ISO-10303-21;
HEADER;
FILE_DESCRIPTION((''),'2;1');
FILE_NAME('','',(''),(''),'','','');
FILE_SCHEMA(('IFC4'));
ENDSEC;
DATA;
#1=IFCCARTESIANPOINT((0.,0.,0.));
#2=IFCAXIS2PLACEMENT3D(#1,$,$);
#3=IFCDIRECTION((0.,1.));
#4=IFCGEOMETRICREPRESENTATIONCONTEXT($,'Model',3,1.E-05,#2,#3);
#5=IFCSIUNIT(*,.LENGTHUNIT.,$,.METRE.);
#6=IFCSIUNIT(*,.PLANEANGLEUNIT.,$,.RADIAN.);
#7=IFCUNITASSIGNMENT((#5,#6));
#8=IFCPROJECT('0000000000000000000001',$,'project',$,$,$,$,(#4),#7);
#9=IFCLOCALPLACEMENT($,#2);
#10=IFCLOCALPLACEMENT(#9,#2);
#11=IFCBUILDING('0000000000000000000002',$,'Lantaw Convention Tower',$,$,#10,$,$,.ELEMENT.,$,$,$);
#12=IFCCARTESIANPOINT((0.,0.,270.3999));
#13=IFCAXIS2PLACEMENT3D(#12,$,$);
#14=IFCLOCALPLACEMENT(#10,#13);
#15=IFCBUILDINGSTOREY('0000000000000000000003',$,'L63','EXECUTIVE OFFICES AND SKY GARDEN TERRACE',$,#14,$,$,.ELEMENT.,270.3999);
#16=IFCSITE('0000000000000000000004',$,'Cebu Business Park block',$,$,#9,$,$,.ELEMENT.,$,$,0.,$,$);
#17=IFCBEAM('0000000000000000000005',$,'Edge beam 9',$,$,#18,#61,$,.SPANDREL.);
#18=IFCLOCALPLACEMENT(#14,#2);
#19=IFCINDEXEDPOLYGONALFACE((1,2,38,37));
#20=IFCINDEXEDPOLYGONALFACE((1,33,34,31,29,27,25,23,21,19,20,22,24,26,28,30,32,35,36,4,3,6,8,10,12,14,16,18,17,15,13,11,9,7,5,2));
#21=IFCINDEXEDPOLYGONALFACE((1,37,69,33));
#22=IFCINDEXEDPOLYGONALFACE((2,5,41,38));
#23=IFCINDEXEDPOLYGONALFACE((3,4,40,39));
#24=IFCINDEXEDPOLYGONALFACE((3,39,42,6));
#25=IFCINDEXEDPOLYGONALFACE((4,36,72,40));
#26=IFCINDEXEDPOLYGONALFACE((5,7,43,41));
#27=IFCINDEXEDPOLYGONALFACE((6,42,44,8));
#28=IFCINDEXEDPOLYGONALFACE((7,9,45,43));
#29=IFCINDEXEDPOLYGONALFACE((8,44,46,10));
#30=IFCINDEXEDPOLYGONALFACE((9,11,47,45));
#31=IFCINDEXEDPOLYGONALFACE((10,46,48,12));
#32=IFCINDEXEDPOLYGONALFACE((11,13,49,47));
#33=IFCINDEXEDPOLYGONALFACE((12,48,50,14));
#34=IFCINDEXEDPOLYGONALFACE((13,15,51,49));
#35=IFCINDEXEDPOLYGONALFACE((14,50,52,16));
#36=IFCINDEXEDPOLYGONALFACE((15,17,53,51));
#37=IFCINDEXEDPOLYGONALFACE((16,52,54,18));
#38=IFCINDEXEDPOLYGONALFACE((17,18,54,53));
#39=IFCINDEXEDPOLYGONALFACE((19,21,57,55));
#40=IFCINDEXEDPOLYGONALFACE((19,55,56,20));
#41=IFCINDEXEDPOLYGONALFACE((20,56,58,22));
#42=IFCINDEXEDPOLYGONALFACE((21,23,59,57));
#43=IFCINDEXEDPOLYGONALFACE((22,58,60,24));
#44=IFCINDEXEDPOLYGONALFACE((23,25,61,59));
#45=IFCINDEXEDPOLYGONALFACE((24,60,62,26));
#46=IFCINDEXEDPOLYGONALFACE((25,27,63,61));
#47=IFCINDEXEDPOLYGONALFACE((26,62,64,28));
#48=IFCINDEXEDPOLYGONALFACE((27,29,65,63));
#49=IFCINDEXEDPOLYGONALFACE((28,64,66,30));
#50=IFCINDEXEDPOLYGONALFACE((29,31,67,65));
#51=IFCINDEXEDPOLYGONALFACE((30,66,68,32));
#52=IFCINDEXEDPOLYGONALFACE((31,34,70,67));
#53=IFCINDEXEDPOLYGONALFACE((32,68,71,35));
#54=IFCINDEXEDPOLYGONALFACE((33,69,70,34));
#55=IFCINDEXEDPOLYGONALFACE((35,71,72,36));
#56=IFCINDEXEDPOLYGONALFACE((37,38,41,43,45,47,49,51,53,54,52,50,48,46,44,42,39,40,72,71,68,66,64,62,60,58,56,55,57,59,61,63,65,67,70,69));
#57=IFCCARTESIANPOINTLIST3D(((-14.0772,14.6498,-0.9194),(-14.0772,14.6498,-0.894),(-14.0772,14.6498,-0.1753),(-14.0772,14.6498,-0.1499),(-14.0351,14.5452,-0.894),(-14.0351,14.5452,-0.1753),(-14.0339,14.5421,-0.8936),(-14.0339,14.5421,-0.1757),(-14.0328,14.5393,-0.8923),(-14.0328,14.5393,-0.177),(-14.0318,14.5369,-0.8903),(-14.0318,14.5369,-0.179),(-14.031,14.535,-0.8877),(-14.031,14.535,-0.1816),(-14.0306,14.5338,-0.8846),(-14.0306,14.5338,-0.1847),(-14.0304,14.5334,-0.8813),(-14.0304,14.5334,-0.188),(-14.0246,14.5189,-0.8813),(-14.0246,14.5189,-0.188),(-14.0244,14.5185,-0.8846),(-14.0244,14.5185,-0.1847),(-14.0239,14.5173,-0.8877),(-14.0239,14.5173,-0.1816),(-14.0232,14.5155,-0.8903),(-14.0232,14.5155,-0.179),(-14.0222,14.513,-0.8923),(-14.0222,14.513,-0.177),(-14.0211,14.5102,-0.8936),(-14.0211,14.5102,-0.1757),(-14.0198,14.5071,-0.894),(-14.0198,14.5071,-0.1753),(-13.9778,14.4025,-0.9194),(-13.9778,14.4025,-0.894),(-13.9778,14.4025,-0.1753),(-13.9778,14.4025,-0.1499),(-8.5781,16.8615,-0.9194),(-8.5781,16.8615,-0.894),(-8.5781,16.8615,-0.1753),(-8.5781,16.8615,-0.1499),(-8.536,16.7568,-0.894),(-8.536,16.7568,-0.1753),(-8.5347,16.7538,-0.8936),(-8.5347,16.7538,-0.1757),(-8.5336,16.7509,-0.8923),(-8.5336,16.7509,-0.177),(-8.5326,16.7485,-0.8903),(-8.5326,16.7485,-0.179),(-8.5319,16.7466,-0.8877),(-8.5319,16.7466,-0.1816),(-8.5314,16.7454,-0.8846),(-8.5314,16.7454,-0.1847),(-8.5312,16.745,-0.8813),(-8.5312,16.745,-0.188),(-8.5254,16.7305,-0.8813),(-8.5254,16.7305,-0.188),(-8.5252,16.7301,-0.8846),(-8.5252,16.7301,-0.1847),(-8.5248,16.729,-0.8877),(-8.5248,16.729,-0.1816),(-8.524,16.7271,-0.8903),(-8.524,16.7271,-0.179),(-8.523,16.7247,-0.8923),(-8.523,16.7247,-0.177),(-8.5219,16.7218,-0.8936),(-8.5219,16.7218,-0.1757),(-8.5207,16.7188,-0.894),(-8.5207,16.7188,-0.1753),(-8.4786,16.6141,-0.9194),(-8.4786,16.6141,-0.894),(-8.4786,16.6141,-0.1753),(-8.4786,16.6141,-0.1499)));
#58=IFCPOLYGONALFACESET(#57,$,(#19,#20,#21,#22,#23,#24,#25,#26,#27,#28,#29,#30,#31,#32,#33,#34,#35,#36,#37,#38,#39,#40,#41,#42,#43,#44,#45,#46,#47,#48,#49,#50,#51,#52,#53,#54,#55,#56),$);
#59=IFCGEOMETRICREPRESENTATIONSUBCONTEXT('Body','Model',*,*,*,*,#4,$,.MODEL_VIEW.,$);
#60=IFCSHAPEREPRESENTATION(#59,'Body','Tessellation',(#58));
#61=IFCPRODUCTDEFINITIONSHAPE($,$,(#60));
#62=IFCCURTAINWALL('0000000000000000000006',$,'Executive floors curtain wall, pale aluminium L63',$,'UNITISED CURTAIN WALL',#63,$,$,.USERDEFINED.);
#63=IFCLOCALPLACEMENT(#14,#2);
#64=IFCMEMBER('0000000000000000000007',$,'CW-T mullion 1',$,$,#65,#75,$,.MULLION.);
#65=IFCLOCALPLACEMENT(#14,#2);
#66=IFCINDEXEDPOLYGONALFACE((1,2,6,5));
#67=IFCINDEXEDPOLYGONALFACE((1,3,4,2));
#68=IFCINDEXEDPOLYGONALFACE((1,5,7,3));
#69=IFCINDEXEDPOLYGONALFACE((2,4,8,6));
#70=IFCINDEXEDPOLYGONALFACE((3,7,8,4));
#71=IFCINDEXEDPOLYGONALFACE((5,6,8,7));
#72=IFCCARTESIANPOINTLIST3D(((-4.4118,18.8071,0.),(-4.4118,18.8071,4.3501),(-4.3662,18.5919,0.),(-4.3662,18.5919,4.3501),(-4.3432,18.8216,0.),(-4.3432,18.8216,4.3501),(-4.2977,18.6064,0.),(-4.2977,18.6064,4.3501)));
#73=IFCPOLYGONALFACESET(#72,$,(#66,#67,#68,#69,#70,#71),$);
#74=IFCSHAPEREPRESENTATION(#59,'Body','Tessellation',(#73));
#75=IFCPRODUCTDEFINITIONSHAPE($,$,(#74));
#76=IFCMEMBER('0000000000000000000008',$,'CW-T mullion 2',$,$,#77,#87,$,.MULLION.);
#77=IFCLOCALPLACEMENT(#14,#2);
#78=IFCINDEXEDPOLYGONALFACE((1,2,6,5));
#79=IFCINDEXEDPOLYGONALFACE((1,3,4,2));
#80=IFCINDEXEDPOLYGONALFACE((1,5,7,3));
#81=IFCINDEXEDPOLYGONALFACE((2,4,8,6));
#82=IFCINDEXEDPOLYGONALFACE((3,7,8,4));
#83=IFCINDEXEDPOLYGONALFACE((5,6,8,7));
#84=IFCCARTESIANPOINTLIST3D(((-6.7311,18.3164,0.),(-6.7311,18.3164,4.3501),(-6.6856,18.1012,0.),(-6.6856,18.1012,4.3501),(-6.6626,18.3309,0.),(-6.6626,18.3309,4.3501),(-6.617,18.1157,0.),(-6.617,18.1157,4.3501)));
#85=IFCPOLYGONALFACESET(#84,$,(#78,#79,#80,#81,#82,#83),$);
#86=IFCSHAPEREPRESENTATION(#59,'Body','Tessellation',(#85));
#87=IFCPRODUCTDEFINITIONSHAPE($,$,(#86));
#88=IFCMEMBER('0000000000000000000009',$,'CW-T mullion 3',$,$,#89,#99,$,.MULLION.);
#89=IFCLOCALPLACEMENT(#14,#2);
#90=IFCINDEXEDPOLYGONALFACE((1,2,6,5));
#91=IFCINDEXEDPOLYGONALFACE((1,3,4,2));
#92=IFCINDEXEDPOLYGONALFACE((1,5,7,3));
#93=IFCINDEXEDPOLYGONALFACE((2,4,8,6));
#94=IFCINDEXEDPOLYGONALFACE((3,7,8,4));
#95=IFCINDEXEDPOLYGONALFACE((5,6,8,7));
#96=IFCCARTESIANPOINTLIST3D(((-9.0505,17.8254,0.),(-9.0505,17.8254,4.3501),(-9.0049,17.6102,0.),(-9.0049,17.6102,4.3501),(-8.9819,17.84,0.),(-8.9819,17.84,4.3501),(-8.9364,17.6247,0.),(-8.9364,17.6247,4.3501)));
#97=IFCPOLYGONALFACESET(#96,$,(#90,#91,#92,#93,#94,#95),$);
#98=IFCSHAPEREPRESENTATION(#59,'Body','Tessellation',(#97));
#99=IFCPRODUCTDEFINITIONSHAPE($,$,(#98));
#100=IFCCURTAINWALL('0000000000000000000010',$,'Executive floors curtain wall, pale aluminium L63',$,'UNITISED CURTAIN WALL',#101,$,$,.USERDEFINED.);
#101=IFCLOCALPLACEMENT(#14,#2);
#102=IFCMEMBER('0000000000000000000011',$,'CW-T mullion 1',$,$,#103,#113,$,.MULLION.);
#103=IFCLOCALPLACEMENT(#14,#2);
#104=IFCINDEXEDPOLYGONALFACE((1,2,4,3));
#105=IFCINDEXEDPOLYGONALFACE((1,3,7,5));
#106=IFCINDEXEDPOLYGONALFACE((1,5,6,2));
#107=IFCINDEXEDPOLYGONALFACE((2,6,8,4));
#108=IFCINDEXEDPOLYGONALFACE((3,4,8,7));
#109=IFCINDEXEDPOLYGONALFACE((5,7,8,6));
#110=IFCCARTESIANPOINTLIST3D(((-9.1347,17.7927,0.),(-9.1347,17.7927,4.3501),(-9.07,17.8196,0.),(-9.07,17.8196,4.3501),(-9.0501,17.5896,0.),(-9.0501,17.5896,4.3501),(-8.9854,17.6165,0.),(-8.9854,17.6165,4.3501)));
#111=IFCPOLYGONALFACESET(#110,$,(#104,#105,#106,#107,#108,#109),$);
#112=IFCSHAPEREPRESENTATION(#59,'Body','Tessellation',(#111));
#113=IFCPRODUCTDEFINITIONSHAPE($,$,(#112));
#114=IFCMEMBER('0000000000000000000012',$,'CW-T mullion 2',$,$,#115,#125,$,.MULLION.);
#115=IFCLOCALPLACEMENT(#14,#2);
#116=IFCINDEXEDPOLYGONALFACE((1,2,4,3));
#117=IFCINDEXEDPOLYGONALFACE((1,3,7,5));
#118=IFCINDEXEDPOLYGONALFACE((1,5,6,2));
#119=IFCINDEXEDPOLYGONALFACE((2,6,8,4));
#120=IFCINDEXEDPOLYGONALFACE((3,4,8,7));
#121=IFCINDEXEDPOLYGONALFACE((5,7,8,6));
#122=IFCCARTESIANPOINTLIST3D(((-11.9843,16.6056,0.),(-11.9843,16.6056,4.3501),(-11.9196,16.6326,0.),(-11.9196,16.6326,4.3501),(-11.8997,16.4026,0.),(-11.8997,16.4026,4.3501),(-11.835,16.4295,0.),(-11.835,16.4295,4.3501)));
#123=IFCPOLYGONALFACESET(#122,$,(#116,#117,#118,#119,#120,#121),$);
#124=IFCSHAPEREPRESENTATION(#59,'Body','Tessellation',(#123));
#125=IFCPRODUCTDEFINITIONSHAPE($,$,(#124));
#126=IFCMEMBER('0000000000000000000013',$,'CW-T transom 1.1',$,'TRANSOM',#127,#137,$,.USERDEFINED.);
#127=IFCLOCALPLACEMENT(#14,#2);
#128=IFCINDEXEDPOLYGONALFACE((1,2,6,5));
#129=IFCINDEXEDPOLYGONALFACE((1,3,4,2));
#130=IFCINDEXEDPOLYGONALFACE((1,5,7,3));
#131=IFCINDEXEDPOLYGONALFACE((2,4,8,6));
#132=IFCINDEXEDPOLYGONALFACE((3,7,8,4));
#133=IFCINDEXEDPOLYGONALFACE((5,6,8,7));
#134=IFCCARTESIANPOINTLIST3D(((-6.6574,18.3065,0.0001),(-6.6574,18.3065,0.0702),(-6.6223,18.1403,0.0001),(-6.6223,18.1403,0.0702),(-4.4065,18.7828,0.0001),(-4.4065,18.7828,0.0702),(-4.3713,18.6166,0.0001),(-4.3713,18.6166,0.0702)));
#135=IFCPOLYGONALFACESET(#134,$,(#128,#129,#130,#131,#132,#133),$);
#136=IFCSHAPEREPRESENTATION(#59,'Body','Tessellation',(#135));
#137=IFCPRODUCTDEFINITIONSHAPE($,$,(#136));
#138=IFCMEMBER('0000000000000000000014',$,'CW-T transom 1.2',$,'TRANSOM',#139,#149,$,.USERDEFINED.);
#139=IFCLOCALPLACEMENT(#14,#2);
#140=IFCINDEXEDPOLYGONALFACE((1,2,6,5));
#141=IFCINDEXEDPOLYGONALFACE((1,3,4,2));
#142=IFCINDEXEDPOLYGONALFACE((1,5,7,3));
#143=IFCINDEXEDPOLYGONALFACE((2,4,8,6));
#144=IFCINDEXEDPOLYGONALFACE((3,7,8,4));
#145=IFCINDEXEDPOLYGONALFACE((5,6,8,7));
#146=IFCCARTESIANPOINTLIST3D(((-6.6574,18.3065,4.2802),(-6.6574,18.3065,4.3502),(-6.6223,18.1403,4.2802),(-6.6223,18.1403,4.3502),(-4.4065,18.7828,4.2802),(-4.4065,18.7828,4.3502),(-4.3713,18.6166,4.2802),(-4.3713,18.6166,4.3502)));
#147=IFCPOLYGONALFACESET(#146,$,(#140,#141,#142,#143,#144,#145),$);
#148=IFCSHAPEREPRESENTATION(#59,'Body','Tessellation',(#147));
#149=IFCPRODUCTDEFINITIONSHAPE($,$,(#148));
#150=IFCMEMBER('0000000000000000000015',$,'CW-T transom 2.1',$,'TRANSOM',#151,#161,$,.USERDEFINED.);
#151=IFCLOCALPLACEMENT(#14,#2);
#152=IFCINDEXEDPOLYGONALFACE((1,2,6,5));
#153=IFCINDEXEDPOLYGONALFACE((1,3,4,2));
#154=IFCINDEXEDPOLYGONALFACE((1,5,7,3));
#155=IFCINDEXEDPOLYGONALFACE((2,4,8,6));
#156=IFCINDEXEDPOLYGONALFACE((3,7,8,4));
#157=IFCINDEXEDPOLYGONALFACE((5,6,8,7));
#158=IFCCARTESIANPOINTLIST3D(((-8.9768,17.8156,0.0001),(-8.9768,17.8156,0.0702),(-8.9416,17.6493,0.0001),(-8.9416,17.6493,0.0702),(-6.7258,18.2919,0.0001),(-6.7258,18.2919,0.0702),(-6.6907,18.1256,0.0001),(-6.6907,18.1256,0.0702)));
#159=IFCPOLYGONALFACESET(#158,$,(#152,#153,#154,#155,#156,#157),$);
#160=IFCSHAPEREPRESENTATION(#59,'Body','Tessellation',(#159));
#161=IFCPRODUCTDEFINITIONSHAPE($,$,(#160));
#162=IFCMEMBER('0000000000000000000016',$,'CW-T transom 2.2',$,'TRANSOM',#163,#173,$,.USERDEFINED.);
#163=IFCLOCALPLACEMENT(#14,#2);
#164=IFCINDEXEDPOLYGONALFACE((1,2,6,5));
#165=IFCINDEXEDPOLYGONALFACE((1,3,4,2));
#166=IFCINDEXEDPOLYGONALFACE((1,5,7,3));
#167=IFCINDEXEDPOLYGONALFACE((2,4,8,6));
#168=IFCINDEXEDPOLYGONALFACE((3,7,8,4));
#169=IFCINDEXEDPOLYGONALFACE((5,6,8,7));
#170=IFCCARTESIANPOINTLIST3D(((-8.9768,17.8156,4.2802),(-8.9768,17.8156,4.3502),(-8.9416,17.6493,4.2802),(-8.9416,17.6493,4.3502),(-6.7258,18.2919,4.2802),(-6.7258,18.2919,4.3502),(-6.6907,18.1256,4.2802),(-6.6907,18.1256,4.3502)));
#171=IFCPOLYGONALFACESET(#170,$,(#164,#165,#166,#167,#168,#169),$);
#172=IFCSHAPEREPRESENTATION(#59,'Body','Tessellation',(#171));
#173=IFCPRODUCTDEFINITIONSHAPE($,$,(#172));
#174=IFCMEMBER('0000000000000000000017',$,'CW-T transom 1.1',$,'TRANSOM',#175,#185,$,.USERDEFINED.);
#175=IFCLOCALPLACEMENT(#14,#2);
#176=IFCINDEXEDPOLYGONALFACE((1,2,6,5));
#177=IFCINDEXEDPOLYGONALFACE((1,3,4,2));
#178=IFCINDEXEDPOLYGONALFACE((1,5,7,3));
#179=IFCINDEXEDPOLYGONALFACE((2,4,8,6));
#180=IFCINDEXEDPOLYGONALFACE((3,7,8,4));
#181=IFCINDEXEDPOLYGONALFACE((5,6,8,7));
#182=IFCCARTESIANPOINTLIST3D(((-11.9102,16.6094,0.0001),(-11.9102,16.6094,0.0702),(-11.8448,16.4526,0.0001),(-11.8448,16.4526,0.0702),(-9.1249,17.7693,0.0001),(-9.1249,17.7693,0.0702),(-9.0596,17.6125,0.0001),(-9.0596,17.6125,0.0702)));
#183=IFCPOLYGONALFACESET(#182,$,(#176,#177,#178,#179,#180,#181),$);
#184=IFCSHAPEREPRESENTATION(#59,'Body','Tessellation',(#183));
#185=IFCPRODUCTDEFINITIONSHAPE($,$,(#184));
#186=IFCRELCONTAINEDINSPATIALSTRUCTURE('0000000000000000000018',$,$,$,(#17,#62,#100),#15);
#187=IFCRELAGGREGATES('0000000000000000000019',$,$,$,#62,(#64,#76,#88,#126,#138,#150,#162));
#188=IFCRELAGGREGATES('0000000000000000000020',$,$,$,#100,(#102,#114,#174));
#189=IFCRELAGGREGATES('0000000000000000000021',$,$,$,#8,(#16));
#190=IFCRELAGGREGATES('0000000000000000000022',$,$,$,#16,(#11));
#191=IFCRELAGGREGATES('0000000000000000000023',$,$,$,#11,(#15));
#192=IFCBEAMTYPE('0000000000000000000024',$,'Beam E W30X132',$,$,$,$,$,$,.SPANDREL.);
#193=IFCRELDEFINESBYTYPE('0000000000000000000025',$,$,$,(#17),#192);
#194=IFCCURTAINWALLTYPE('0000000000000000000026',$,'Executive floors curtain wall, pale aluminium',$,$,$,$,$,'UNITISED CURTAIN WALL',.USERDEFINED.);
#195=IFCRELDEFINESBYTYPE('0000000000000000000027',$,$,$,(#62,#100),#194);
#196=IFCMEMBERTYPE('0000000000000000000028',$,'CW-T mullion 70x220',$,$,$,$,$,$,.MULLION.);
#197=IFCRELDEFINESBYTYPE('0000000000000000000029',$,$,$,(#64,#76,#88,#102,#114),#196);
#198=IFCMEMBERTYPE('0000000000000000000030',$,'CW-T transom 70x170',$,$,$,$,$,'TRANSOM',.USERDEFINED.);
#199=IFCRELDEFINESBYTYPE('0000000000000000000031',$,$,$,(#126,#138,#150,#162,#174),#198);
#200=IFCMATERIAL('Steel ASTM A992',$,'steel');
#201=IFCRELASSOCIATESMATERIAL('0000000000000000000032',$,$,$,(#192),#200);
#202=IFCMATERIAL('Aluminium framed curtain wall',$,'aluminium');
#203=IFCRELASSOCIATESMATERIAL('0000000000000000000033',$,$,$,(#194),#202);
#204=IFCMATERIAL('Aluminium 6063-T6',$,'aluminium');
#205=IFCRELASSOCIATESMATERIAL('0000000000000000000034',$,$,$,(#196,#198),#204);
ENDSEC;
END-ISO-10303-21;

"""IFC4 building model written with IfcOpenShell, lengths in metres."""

from ifc_helpers import new_model, si_unit, direction, frame, origin, origin_2d, place, context, subcontext, project, spatial, rectangle, i_section, extrude, material, material_profile, profile_set, type_object, element, aggregate, save


model = new_model("IFC4")

# Units and contexts
model_context = context("Model", 3, precision=1e-05, world=origin(), true_north=direction((0.0, 1.0)))
body_context = subcontext(model_context, "Body", "Model", "MODEL_VIEW")
ifc_project = project(units=[si_unit("LENGTHUNIT", "METRE"), si_unit("PLANEANGLEUNIT", "RADIAN")], contexts=[model_context])

# Site, building, storey
site_placement = place(None, origin())
site = spatial("IfcSite", under=ifc_project, at=site_placement, Name="Cebu Business Park block", CompositionType="ELEMENT", RefElevation=0.0)
building_placement = place(site_placement, origin())
building = spatial("IfcBuilding", under=site, at=building_placement, Name="Lantaw Convention Tower", CompositionType="ELEMENT")
storey_placement = place(building_placement, frame((0.0, 0.0, 270.3999)))
storey = spatial("IfcBuildingStorey", under=building, at=storey_placement, Name="L63", Description="EXECUTIVE OFFICES AND SKY GARDEN TERRACE", CompositionType="ELEMENT", Elevation=270.3999)

# Beam
ifc_material_1 = material(Name="Steel ASTM A992", Category="steel")
ifc_material_profile_1 = material_profile(ifc_material_1, i_section(OverallWidth=0.2666, OverallDepth=0.7695, WebThickness=0.0156, FlangeThickness=0.0254, FilletRadius=0.0127, at=origin_2d()), Name="W30X132")
ifc_profile_set_1 = profile_set([ifc_material_profile_1], Name="Steel ASTM A992")
beam_type = type_object("IfcBeamType", Name="Beam E W30X132", PredefinedType="SPANDREL", material=ifc_profile_set_1)
beam_1_placement = place(storey_placement, frame((-8.5283, 16.7378, -0.5347), z_axis=(-0.927779, -0.37313, 0.0), x_axis=(0.37313, -0.927779, 0.0)))
element("IfcBeam", 1, at=beam_1_placement, inside=storey, type_object=beam_type, Name="Edge beam 9", PredefinedType="SPANDREL", context=body_context, shape_type="SweptSolid", body=[
    extrude(i_section(OverallWidth=0.2666, OverallDepth=0.7695, WebThickness=0.0156, FlangeThickness=0.0254, FilletRadius=0.0127, at=origin_2d()), origin(), (0.0, 0.0, 1.0), 5.9272),
])

# Curtain walls, members
ifc_material_2 = material(Name="Aluminium framed curtain wall", Category="aluminium")
curtain_wall_type = type_object("IfcCurtainWallType", Name="Executive floors curtain wall, pale aluminium", ElementType="UNITISED CURTAIN WALL", PredefinedType="USERDEFINED", material=ifc_material_2)
curtain_wall_1_placement = place(storey_placement, origin())
curtain_wall_1 = element("IfcCurtainWall", 2, at=curtain_wall_1_placement, inside=storey, type_object=curtain_wall_type, Name="Executive floors curtain wall, pale aluminium L63", ObjectType="UNITISED CURTAIN WALL", PredefinedType="USERDEFINED")
ifc_material_3 = material(Name="Aluminium 6063-T6", Category="aluminium")
ifc_material_profile_2 = material_profile(ifc_material_3, rectangle(XDim=0.22, YDim=0.0701, at=origin_2d()), Name="CW-T mullion 70x220")
ifc_profile_set_2 = profile_set([ifc_material_profile_2], Name="Aluminium 6063-T6")
member_type_1 = type_object("IfcMemberType", Name="CW-T mullion 70x220", PredefinedType="MULLION", material=ifc_profile_set_2)
member_1_placement = place(storey_placement, frame((-4.3547, 18.7068, 0.0), z_axis=(0.0, 0.0, 1.0), x_axis=(0.20704, -0.978332, 0.0)))
member_1 = element("IfcMember", 3, at=member_1_placement, type_object=member_type_1, Name="CW-T mullion 1", PredefinedType="MULLION", context=body_context, shape_type="SweptSolid", body=[
    extrude(rectangle(XDim=0.22, YDim=0.0701, at=origin_2d()), origin(), (0.0, 0.0, 1.0), 4.3501),
])
member_2_placement = place(storey_placement, frame((-6.6741, 18.2161, 0.0), z_axis=(0.0, 0.0, 1.0), x_axis=(0.20704, -0.978332, 0.0)))
member_2 = element("IfcMember", 4, at=member_2_placement, type_object=member_type_1, Name="CW-T mullion 2", PredefinedType="MULLION", context=body_context, shape_type="SweptSolid", body=[
    extrude(rectangle(XDim=0.22, YDim=0.0701, at=origin_2d()), origin(), (0.0, 0.0, 1.0), 4.3501),
])
member_3_placement = place(storey_placement, frame((-8.9934, 17.7251, 0.0), z_axis=(0.0, 0.0, 1.0), x_axis=(0.20704, -0.978332, 0.0)))
member_3 = element("IfcMember", 5, at=member_3_placement, type_object=member_type_1, Name="CW-T mullion 3", PredefinedType="MULLION", context=body_context, shape_type="SweptSolid", body=[
    extrude(rectangle(XDim=0.22, YDim=0.0701, at=origin_2d()), origin(), (0.0, 0.0, 1.0), 4.3501),
])
curtain_wall_2_placement = place(storey_placement, origin())
curtain_wall_2 = element("IfcCurtainWall", 6, at=curtain_wall_2_placement, inside=storey, type_object=curtain_wall_type, Name="Executive floors curtain wall, pale aluminium L63", ObjectType="UNITISED CURTAIN WALL", PredefinedType="USERDEFINED")
member_4_placement = place(storey_placement, frame((-9.0601, 17.7046, 0.0), z_axis=(0.0, 0.0, 1.0), x_axis=(0.38446, -0.923142, 0.0)))
member_4 = element("IfcMember", 7, at=member_4_placement, type_object=member_type_1, Name="CW-T mullion 1", PredefinedType="MULLION", context=body_context, shape_type="SweptSolid", body=[
    extrude(rectangle(XDim=0.22, YDim=0.0701, at=origin_2d()), origin(), (0.0, 0.0, 1.0), 4.3501),
])
member_5_placement = place(storey_placement, frame((-11.9097, 16.5176, 0.0), z_axis=(0.0, 0.0, 1.0), x_axis=(0.38446, -0.923142, 0.0)))
member_5 = element("IfcMember", 8, at=member_5_placement, type_object=member_type_1, Name="CW-T mullion 2", PredefinedType="MULLION", context=body_context, shape_type="SweptSolid", body=[
    extrude(rectangle(XDim=0.22, YDim=0.0701, at=origin_2d()), origin(), (0.0, 0.0, 1.0), 4.3501),
])

# Members
ifc_material_profile_3 = material_profile(ifc_material_3, rectangle(XDim=0.1699, YDim=0.0701, at=origin_2d()), Name="CW-T transom 70x170")
ifc_profile_set_3 = profile_set([ifc_material_profile_3], Name="Aluminium 6063-T6")
member_type_2 = type_object("IfcMemberType", Name="CW-T transom 70x170", ElementType="TRANSOM", PredefinedType="USERDEFINED", material=ifc_profile_set_3)
member_6_placement = place(storey_placement, frame((-4.3889, 18.6997, 0.0352), z_axis=(-0.978336, -0.207021, 0.0), x_axis=(0.207021, -0.978336, 0.0)))
member_6 = element("IfcMember", 9, at=member_6_placement, type_object=member_type_2, Name="CW-T transom 1.1", ObjectType="TRANSOM", PredefinedType="USERDEFINED", context=body_context, shape_type="SweptSolid", body=[
    extrude(rectangle(XDim=0.1699, YDim=0.0701, at=origin_2d()), origin(), (0.0, 0.0, 1.0), 2.3008),
])
member_7_placement = place(storey_placement, frame((-4.3889, 18.6997, 4.3152), z_axis=(-0.978336, -0.207021, 0.0), x_axis=(0.207021, -0.978336, 0.0)))
member_7 = element("IfcMember", 10, at=member_7_placement, type_object=member_type_2, Name="CW-T transom 1.2", ObjectType="TRANSOM", PredefinedType="USERDEFINED", context=body_context, shape_type="SweptSolid", body=[
    extrude(rectangle(XDim=0.1699, YDim=0.0701, at=origin_2d()), origin(), (0.0, 0.0, 1.0), 2.3008),
])
member_8_placement = place(storey_placement, frame((-6.7083, 18.2087, 0.0352), z_axis=(-0.978336, -0.207021, 0.0), x_axis=(0.207021, -0.978336, 0.0)))
member_8 = element("IfcMember", 11, at=member_8_placement, type_object=member_type_2, Name="CW-T transom 2.1", ObjectType="TRANSOM", PredefinedType="USERDEFINED", context=body_context, shape_type="SweptSolid", body=[
    extrude(rectangle(XDim=0.1699, YDim=0.0701, at=origin_2d()), origin(), (0.0, 0.0, 1.0), 2.3008),
])
member_9_placement = place(storey_placement, frame((-6.7083, 18.2087, 4.3152), z_axis=(-0.978336, -0.207021, 0.0), x_axis=(0.207021, -0.978336, 0.0)))
member_9 = element("IfcMember", 12, at=member_9_placement, type_object=member_type_2, Name="CW-T transom 2.2", ObjectType="TRANSOM", PredefinedType="USERDEFINED", context=body_context, shape_type="SweptSolid", body=[
    extrude(rectangle(XDim=0.1699, YDim=0.0701, at=origin_2d()), origin(), (0.0, 0.0, 1.0), 2.3008),
])
member_10_placement = place(storey_placement, frame((-9.0923, 17.6909, 0.0352), z_axis=(-0.923144, -0.384454, 0.0), x_axis=(0.384454, -0.923144, 0.0)))
member_10 = element("IfcMember", 13, at=member_10_placement, type_object=member_type_2, Name="CW-T transom 1.1", ObjectType="TRANSOM", PredefinedType="USERDEFINED", context=body_context, shape_type="SweptSolid", body=[
    extrude(rectangle(XDim=0.1699, YDim=0.0701, at=origin_2d()), origin(), (0.0, 0.0, 1.0), 3.0171),
])

aggregate(curtain_wall_1, [member_1, member_2, member_3, member_6, member_7, member_8, member_9])
aggregate(curtain_wall_2, [member_4, member_5, member_10])

save(model, "model.ifc")
